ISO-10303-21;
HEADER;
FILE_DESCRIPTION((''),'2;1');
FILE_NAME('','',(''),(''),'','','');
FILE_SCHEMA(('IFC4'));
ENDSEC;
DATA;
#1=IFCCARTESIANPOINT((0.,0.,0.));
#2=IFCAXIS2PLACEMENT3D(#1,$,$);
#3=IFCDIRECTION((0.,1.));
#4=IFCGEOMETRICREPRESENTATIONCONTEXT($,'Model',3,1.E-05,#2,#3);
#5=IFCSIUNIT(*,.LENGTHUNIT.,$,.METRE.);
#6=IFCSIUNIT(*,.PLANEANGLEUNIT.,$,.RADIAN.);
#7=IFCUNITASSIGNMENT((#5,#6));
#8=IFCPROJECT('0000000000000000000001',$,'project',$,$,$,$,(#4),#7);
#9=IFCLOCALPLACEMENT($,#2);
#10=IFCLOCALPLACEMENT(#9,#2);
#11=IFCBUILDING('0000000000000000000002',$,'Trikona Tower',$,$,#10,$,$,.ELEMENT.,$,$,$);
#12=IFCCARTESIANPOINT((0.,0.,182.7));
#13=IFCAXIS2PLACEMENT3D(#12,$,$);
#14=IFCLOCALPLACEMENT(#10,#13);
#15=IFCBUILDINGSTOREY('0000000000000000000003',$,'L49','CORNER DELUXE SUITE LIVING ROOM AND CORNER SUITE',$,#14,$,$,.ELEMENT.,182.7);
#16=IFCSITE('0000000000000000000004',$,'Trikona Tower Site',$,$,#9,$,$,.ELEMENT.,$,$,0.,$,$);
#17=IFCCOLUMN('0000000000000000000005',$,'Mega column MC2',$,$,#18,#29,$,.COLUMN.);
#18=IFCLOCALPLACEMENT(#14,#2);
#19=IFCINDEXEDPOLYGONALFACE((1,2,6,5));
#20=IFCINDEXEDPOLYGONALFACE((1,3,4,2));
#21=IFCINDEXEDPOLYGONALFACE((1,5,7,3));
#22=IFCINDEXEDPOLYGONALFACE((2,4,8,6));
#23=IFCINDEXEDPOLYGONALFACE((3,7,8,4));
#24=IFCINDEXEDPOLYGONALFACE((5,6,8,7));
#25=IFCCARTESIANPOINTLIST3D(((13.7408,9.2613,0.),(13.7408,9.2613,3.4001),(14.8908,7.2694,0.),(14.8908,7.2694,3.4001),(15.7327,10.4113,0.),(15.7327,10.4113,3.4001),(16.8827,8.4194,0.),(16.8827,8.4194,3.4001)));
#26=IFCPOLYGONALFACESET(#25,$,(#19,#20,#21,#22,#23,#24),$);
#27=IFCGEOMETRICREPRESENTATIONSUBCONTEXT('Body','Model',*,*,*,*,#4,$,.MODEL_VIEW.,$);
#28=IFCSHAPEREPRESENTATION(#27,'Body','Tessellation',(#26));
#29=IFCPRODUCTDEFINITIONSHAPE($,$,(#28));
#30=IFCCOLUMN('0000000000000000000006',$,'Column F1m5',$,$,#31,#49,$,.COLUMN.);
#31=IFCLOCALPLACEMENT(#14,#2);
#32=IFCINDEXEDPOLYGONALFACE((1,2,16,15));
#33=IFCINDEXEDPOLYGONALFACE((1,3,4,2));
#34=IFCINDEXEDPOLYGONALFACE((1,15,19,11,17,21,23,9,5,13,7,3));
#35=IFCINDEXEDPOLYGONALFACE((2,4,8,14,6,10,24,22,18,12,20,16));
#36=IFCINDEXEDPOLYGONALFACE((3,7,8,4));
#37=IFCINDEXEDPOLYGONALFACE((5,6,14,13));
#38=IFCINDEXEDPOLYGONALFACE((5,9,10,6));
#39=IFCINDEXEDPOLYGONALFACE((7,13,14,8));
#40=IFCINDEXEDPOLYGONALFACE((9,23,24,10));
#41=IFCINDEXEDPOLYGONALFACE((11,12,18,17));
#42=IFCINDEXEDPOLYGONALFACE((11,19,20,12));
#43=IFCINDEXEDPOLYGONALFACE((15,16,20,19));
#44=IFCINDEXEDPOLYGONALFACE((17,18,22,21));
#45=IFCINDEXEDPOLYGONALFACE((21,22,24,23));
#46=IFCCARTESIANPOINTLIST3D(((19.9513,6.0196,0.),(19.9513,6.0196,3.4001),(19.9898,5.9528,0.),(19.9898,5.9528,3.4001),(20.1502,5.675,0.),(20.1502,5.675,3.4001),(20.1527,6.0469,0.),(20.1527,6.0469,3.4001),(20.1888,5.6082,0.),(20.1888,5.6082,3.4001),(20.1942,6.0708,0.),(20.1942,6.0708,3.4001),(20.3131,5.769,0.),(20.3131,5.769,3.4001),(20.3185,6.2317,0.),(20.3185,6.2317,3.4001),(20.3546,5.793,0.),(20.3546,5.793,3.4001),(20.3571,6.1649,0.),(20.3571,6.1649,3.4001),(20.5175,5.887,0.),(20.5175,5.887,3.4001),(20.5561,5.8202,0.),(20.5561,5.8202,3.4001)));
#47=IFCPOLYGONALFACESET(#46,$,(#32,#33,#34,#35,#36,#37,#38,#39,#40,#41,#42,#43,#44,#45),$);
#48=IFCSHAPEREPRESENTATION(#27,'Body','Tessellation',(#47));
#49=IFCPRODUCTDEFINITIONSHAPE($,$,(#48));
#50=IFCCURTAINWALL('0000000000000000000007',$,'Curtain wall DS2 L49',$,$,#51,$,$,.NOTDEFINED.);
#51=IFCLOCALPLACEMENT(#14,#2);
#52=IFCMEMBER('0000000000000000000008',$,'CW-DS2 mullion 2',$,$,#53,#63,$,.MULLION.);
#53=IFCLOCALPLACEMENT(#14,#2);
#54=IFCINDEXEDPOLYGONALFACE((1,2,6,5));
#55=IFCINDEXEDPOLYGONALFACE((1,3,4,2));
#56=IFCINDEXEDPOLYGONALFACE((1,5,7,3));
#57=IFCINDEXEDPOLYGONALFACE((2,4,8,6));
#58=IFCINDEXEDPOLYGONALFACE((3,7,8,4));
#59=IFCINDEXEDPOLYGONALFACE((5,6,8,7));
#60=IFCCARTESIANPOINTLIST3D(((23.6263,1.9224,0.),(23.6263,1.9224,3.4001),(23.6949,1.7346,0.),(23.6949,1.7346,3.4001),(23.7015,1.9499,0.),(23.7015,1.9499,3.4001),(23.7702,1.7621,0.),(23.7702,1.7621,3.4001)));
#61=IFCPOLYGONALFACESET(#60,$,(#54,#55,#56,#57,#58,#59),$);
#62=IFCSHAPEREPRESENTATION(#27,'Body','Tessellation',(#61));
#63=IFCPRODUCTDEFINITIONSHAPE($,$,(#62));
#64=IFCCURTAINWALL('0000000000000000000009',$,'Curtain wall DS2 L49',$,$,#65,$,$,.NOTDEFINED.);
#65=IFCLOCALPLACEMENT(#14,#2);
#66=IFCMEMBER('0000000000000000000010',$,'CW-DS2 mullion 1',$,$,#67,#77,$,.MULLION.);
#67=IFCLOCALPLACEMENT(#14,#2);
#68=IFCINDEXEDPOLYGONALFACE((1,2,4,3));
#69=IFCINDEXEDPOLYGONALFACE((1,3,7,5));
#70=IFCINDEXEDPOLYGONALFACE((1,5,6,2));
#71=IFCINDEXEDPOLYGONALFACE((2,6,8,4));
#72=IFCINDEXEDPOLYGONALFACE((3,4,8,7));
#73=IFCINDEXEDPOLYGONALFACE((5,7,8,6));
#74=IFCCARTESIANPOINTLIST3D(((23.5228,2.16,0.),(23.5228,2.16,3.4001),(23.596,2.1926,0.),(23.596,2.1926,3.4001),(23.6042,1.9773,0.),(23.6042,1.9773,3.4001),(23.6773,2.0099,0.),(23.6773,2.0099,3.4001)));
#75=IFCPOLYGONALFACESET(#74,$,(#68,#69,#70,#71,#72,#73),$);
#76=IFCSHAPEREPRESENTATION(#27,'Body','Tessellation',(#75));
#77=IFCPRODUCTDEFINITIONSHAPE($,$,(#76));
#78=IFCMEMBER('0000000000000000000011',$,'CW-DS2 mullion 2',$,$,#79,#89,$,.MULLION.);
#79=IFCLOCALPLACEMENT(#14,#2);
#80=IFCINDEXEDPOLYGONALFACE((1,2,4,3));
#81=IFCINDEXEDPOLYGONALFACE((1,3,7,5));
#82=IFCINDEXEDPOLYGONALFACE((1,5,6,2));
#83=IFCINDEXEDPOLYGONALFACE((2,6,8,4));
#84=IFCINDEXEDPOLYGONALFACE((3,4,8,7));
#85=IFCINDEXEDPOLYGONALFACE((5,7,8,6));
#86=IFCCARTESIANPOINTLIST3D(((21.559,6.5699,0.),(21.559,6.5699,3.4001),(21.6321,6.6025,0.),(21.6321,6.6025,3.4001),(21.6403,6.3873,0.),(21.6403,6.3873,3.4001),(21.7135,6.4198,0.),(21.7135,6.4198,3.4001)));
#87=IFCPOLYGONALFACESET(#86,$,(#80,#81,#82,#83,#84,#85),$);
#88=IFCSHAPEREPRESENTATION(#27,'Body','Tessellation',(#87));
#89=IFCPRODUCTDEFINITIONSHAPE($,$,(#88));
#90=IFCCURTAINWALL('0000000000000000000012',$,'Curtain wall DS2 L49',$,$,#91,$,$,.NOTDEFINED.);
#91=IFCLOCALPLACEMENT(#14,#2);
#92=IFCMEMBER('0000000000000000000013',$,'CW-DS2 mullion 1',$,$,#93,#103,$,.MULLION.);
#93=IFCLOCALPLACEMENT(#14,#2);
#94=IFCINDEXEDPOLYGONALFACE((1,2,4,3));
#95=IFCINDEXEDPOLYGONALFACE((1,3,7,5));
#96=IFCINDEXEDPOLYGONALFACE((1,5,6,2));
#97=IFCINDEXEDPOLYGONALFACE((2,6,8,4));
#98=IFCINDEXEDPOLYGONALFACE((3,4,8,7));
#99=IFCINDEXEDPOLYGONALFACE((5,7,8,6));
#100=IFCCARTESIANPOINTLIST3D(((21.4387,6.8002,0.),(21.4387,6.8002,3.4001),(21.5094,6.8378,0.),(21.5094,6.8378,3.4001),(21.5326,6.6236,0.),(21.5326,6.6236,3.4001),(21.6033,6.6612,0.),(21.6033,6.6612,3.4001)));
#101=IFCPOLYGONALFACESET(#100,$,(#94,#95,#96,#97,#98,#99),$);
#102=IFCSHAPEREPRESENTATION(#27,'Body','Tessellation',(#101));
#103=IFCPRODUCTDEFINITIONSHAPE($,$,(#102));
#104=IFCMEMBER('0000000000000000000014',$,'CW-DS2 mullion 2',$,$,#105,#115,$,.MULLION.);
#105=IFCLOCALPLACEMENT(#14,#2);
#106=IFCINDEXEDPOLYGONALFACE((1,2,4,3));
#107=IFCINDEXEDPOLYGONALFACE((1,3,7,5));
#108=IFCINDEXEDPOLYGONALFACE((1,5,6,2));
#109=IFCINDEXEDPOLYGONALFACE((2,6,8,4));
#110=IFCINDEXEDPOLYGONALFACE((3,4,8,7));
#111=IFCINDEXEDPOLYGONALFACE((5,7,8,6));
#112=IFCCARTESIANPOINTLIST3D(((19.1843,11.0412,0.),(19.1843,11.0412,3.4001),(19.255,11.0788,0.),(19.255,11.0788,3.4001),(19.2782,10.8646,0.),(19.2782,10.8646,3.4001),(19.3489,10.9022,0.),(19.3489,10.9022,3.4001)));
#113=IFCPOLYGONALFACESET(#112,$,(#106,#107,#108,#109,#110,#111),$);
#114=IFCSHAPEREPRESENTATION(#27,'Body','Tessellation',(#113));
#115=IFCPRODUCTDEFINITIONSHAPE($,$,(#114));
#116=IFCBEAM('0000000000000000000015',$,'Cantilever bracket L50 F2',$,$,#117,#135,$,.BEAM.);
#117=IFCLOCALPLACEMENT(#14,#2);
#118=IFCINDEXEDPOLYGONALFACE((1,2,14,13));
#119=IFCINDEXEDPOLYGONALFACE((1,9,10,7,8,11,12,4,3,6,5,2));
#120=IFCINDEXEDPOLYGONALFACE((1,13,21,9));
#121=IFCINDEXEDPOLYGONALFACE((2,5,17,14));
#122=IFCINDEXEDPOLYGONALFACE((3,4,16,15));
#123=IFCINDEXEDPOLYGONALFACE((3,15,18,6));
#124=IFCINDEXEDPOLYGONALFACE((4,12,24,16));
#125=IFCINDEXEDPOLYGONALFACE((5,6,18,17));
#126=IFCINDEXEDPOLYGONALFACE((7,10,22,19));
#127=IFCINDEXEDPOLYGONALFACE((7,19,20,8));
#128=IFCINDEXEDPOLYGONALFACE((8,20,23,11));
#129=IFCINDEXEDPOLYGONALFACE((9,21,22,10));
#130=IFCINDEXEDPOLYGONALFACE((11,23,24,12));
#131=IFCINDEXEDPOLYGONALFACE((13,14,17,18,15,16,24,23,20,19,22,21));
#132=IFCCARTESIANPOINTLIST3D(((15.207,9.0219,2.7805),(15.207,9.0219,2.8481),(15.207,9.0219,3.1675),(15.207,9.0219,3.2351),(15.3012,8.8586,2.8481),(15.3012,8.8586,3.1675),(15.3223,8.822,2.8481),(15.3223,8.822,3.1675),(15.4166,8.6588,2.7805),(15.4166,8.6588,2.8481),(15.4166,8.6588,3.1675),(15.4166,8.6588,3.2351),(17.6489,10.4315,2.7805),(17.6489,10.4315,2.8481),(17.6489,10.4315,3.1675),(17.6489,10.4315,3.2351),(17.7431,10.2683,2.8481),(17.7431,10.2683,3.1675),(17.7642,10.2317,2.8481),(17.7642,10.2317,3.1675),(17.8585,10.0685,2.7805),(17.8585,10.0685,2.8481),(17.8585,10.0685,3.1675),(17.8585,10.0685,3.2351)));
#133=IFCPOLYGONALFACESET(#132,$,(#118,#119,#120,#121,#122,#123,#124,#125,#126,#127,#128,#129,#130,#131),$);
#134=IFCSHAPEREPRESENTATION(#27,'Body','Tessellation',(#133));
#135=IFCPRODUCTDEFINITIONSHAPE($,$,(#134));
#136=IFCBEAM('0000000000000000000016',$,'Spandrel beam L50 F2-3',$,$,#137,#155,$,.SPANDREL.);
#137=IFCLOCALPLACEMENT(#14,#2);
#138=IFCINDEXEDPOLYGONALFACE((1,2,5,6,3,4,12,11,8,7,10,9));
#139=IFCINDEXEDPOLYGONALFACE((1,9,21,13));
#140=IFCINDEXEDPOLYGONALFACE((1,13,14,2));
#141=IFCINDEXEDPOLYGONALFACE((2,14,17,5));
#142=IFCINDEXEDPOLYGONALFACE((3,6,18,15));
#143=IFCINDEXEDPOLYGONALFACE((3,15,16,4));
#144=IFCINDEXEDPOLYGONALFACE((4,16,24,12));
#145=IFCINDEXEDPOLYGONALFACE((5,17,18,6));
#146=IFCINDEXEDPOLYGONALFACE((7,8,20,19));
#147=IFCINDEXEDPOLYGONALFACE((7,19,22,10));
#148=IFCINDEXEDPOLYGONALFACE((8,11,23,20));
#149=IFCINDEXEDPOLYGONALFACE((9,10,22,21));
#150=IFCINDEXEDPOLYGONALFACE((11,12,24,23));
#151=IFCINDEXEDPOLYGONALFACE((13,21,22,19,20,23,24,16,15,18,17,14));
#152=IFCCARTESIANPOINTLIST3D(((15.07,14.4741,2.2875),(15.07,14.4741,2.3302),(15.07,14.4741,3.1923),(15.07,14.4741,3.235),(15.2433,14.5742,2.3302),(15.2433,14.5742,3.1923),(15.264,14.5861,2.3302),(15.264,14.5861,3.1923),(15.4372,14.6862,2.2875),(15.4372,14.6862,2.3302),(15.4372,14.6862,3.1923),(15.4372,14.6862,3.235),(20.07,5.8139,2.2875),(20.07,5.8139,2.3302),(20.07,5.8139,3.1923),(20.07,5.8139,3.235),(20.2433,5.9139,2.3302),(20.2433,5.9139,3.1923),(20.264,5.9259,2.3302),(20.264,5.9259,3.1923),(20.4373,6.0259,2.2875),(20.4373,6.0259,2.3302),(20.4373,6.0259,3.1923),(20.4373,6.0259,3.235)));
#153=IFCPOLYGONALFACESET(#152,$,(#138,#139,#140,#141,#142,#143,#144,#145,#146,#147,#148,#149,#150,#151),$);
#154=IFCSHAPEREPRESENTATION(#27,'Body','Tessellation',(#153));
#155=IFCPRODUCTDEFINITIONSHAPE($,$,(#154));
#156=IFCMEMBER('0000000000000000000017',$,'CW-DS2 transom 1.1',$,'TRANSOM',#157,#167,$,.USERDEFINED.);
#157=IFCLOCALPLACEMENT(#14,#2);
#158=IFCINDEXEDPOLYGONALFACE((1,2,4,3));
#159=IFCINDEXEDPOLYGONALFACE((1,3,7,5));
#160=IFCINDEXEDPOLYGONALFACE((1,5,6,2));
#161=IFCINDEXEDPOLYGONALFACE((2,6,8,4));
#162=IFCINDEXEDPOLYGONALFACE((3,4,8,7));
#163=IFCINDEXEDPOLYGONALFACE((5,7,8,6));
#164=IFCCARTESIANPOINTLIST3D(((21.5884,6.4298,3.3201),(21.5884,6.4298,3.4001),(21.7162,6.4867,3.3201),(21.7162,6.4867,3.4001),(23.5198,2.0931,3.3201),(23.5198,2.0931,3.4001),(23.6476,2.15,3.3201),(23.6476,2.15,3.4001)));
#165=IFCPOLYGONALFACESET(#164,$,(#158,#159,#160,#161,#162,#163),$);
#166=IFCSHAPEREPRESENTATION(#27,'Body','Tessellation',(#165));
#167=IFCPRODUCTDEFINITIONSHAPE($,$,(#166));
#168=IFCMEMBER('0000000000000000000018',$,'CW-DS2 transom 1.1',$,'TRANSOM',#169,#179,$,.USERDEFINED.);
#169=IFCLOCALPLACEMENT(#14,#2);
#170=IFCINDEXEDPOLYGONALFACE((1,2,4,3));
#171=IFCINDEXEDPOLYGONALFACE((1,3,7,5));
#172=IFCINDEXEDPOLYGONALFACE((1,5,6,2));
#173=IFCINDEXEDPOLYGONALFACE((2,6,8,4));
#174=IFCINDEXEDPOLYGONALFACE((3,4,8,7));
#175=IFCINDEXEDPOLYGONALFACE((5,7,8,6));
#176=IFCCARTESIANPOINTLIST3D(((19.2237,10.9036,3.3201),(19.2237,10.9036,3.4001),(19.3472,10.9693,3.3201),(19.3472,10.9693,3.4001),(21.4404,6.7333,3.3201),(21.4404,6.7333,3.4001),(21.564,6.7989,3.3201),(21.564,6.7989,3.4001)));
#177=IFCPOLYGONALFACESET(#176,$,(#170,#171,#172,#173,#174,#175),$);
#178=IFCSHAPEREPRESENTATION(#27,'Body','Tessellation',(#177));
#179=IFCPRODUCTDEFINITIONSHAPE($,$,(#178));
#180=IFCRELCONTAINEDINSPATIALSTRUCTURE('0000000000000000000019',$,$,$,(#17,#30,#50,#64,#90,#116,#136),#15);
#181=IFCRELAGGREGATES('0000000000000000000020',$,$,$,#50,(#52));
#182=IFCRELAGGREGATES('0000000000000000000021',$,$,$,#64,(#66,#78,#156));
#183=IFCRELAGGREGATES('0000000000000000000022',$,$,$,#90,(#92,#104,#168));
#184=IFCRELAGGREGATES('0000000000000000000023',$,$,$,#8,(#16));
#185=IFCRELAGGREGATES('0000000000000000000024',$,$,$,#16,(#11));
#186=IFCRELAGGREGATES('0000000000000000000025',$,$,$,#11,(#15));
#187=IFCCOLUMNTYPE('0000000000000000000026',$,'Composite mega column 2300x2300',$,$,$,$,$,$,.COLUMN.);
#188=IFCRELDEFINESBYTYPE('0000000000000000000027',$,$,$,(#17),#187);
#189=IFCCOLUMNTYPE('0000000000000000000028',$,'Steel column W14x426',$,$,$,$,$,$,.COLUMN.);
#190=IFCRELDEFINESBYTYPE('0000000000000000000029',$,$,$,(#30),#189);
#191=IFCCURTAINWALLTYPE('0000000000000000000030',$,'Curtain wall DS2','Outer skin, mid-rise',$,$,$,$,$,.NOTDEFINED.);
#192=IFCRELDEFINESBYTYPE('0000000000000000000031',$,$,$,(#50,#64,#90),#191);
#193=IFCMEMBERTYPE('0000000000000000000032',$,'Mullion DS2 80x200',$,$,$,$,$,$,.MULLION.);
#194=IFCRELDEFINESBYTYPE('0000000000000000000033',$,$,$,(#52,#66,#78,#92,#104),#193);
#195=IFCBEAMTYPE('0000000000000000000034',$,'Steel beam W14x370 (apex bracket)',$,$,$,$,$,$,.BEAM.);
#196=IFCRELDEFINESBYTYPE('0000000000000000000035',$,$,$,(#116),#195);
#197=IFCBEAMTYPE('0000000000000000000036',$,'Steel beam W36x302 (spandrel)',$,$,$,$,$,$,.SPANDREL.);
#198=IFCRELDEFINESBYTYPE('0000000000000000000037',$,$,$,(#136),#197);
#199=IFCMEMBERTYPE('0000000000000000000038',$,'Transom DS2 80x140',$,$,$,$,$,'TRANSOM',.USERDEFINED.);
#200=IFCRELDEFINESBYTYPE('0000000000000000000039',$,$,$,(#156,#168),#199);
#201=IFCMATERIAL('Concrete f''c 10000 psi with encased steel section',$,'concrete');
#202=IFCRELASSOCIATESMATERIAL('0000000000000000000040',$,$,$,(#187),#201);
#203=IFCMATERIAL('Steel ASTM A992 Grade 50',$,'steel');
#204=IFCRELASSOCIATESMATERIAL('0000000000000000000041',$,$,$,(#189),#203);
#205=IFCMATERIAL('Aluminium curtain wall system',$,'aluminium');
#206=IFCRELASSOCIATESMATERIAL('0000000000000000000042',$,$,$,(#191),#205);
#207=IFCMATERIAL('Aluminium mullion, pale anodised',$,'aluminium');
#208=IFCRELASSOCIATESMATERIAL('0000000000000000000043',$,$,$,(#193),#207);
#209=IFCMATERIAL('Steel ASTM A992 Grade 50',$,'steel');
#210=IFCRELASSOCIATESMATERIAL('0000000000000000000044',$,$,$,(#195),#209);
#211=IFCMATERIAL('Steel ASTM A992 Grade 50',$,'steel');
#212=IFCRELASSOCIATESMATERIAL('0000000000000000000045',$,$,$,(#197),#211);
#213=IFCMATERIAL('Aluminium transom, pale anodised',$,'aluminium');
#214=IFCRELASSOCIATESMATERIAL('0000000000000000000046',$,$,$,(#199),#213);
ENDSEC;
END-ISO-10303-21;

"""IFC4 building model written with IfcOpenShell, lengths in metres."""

from ifc_helpers import new_model, si_unit, direction, frame, origin, origin_2d, place, context, subcontext, project, spatial, rectangle, i_section, extrude, material, material_profile, profile_set, type_object, element, aggregate, save


model = new_model("IFC4")

# Units and contexts
model_context = context("Model", 3, precision=1e-05, world=origin(), true_north=direction((0.0, 1.0)))
body_context = subcontext(model_context, "Body", "Model", "MODEL_VIEW")
ifc_project = project(units=[si_unit("LENGTHUNIT", "METRE"), si_unit("PLANEANGLEUNIT", "RADIAN")], contexts=[model_context])

# Site, building, storey
site_placement = place(None, origin())
site = spatial("IfcSite", under=ifc_project, at=site_placement, Name="Trikona Tower Site", CompositionType="ELEMENT", RefElevation=0.0)
building_placement = place(site_placement, origin())
building = spatial("IfcBuilding", under=site, at=building_placement, Name="Trikona Tower", CompositionType="ELEMENT")
storey_placement = place(building_placement, frame((0.0, 0.0, 182.7)))
storey = spatial("IfcBuildingStorey", under=building, at=storey_placement, Name="L49", Description="CORNER DELUXE SUITE LIVING ROOM AND CORNER SUITE", CompositionType="ELEMENT", Elevation=182.7)

# Columns
ifc_material_1 = material(Name="Concrete f'c 10000 psi with encased steel section", Category="concrete")
ifc_material_profile_1 = material_profile(ifc_material_1, rectangle(XDim=2.3, YDim=2.3, at=origin_2d()), Name="MC2300")
ifc_profile_set_1 = profile_set([ifc_material_profile_1], Name="Concrete f'c 10000 psi with encased steel section")
column_type_1 = type_object("IfcColumnType", Name="Composite mega column 2300x2300", PredefinedType="COLUMN", material=ifc_profile_set_1)
column_1_placement = place(storey_placement, frame((15.3118, 8.8403, 0.0), z_axis=(0.0, 0.0, 1.0), x_axis=(0.866025, 0.5, 0.0)))
element("IfcColumn", 1, at=column_1_placement, inside=storey, type_object=column_type_1, Name="Mega column MC2", PredefinedType="COLUMN", context=body_context, shape_type="SweptSolid", body=[
    extrude(rectangle(XDim=2.3, YDim=2.3, at=origin_2d()), origin(), (0.0, 0.0, 1.0), 3.4001),
])
ifc_material_2 = material(Name="Steel ASTM A992 Grade 50", Category="steel")
ifc_material_profile_2 = material_profile(ifc_material_2, i_section(OverallWidth=0.4241, OverallDepth=0.4751, WebThickness=0.0479, FlangeThickness=0.0771, at=origin_2d()), Name="W14X426")
ifc_profile_set_2 = profile_set([ifc_material_profile_2], Name="Steel ASTM A992 Grade 50")
column_type_2 = type_object("IfcColumnType", Name="Steel column W14x426", PredefinedType="COLUMN", material=ifc_profile_set_2)
column_2_placement = place(storey_placement, frame((20.2537, 5.9199, 0.0), z_axis=(0.0, 0.0, 1.0), x_axis=(0.866025, 0.5, 0.0)))
element("IfcColumn", 2, at=column_2_placement, inside=storey, type_object=column_type_2, Name="Column F1m5", PredefinedType="COLUMN", context=body_context, shape_type="SweptSolid", body=[
    extrude(i_section(OverallWidth=0.4241, OverallDepth=0.4751, WebThickness=0.0479, FlangeThickness=0.0771, at=origin_2d()), origin(), (0.0, 0.0, 1.0), 3.4001),
])

# Curtain wall, member
ifc_material_3 = material(Name="Aluminium curtain wall system", Category="aluminium")
curtain_wall_type = type_object("IfcCurtainWallType", Name="Curtain wall DS2", Description="Outer skin, mid-rise", PredefinedType="NOTDEFINED", material=ifc_material_3)
curtain_wall_1_placement = place(storey_placement, origin())
curtain_wall_1 = element("IfcCurtainWall", 3, at=curtain_wall_1_placement, inside=storey, type_object=curtain_wall_type, Name="Curtain wall DS2 L49", PredefinedType="NOTDEFINED")
ifc_material_4 = material(Name="Aluminium mullion, pale anodised", Category="aluminium")
ifc_material_profile_3 = material_profile(ifc_material_4, rectangle(XDim=0.0801, YDim=0.2, at=origin_2d()), Name="MUL-DS2")
ifc_profile_set_3 = profile_set([ifc_material_profile_3], Name="Aluminium mullion, pale anodised")
member_type_1 = type_object("IfcMemberType", Name="Mullion DS2 80x200", PredefinedType="MULLION", material=ifc_profile_set_3)
member_1_placement = place(storey_placement, frame((23.6982, 1.8423, 0.0), z_axis=(0.0, 0.0, 1.0), x_axis=(-0.939254, -0.343223, 0.0)))
member_1 = element("IfcMember", 4, at=member_1_placement, type_object=member_type_1, Name="CW-DS2 mullion 2", PredefinedType="MULLION", context=body_context, shape_type="SweptSolid", body=[
    extrude(rectangle(XDim=0.0801, YDim=0.2, at=origin_2d()), origin(), (0.0, 0.0, 1.0), 3.4001),
])
aggregate(curtain_wall_1, [member_1])

# Curtain walls, members
curtain_wall_2_placement = place(storey_placement, origin())
curtain_wall_2 = element("IfcCurtainWall", 5, at=curtain_wall_2_placement, inside=storey, type_object=curtain_wall_type, Name="Curtain wall DS2 L49", PredefinedType="NOTDEFINED")
member_2_placement = place(storey_placement, frame((23.6001, 2.085, 0.0), z_axis=(0.0, 0.0, 1.0), x_axis=(-0.913501, -0.406836, 0.0)))
member_2 = element("IfcMember", 6, at=member_2_placement, type_object=member_type_1, Name="CW-DS2 mullion 1", PredefinedType="MULLION", context=body_context, shape_type="SweptSolid", body=[
    extrude(rectangle(XDim=0.0801, YDim=0.2, at=origin_2d()), origin(), (0.0, 0.0, 1.0), 3.4001),
])
member_3_placement = place(storey_placement, frame((21.6362, 6.4949, 0.0), z_axis=(0.0, 0.0, 1.0), x_axis=(-0.913501, -0.406836, 0.0)))
member_3 = element("IfcMember", 7, at=member_3_placement, type_object=member_type_1, Name="CW-DS2 mullion 2", PredefinedType="MULLION", context=body_context, shape_type="SweptSolid", body=[
    extrude(rectangle(XDim=0.0801, YDim=0.2, at=origin_2d()), origin(), (0.0, 0.0, 1.0), 3.4001),
])
curtain_wall_3_placement = place(storey_placement, origin())
curtain_wall_3 = element("IfcCurtainWall", 8, at=curtain_wall_3_placement, inside=storey, type_object=curtain_wall_type, Name="Curtain wall DS2 L49", PredefinedType="NOTDEFINED")
member_4_placement = place(storey_placement, frame((21.521, 6.7307, 0.0), z_axis=(0.0, 0.0, 1.0), x_axis=(-0.882996, -0.46938, 0.0)))
member_4 = element("IfcMember", 9, at=member_4_placement, type_object=member_type_1, Name="CW-DS2 mullion 1", PredefinedType="MULLION", context=body_context, shape_type="SweptSolid", body=[
    extrude(rectangle(XDim=0.0801, YDim=0.2, at=origin_2d()), origin(), (0.0, 0.0, 1.0), 3.4001),
])
member_5_placement = place(storey_placement, frame((19.2666, 10.9717, 0.0), z_axis=(0.0, 0.0, 1.0), x_axis=(-0.882996, -0.46938, 0.0)))
member_5 = element("IfcMember", 10, at=member_5_placement, type_object=member_type_1, Name="CW-DS2 mullion 2", PredefinedType="MULLION", context=body_context, shape_type="SweptSolid", body=[
    extrude(rectangle(XDim=0.0801, YDim=0.2, at=origin_2d()), origin(), (0.0, 0.0, 1.0), 3.4001),
])

# Beams
ifc_material_5 = material(Name="Steel ASTM A992 Grade 50", Category="steel")
ifc_material_profile_4 = material_profile(ifc_material_5, i_section(OverallWidth=0.4192, OverallDepth=0.4546, WebThickness=0.0422, FlangeThickness=0.0676, at=origin_2d()), Name="W14X370")
ifc_profile_set_4 = profile_set([ifc_material_profile_4], Name="Steel ASTM A992 Grade 50")
beam_type_1 = type_object("IfcBeamType", Name="Steel beam W14x370 (apex bracket)", PredefinedType="BEAM", material=ifc_profile_set_4)
beam_1_placement = place(storey_placement, frame((15.3118, 8.8403, 3.0078), z_axis=(0.86605, 0.499957, 0.0), x_axis=(-0.499957, 0.86605, 0.0)))
element("IfcBeam", 11, at=beam_1_placement, inside=storey, type_object=beam_type_1, Name="Cantilever bracket L50 F2", PredefinedType="BEAM", context=body_context, shape_type="SweptSolid", body=[
    extrude(i_section(OverallWidth=0.4192, OverallDepth=0.4546, WebThickness=0.0422, FlangeThickness=0.0676, at=origin_2d()), origin(), (0.0, 0.0, 1.0), 2.8196),
])
ifc_material_6 = material(Name="Steel ASTM A992 Grade 50", Category="steel")
ifc_material_profile_5 = material_profile(ifc_material_6, i_section(OverallWidth=0.4241, OverallDepth=0.9475, WebThickness=0.0239, FlangeThickness=0.0427, at=origin_2d()), Name="W36X302")
ifc_profile_set_5 = profile_set([ifc_material_profile_5], Name="Steel ASTM A992 Grade 50")
beam_type_2 = type_object("IfcBeamType", Name="Steel beam W36x302 (spandrel)", PredefinedType="SPANDREL", material=ifc_profile_set_5)
beam_2_placement = place(storey_placement, frame((20.2537, 5.9199, 2.7612), z_axis=(-0.500004, 0.866023, 0.0), x_axis=(-0.866023, -0.500004, 0.0)))
element("IfcBeam", 12, at=beam_2_placement, inside=storey, type_object=beam_type_2, Name="Spandrel beam L50 F2-3", PredefinedType="SPANDREL", context=body_context, shape_type="SweptSolid", body=[
    extrude(i_section(OverallWidth=0.4241, OverallDepth=0.9475, WebThickness=0.0239, FlangeThickness=0.0427, at=origin_2d()), origin(), (0.0, 0.0, 1.0), 10.0),
])

# Members
ifc_material_7 = material(Name="Aluminium transom, pale anodised", Category="aluminium")
ifc_material_profile_6 = material_profile(ifc_material_7, rectangle(XDim=0.1399, YDim=0.0801, at=origin_2d()), Name="TRN-DS2")
ifc_profile_set_6 = profile_set([ifc_material_profile_6], Name="Aluminium transom, pale anodised")
member_type_2 = type_object("IfcMemberType", Name="Transom DS2 80x140", ElementType="TRANSOM", PredefinedType="USERDEFINED", material=ifc_profile_set_6)
member_6_placement = place(storey_placement, frame((23.5837, 2.1216, 3.3601), z_axis=(-0.40684, 0.9135, 0.0), x_axis=(-0.9135, -0.40684, 0.0)))
member_6 = element("IfcMember", 13, at=member_6_placement, type_object=member_type_2, Name="CW-DS2 transom 1.1", ObjectType="TRANSOM", PredefinedType="USERDEFINED", context=body_context, shape_type="SweptSolid", body=[
    extrude(rectangle(XDim=0.1399, YDim=0.0801, at=origin_2d()), origin(), (0.0, 0.0, 1.0), 4.7473),
])
member_7_placement = place(storey_placement, frame((21.5022, 6.7661, 3.3601), z_axis=(-0.469364, 0.883005, 0.0), x_axis=(-0.883005, -0.469364, 0.0)))
member_7 = element("IfcMember", 14, at=member_7_placement, type_object=member_type_2, Name="CW-DS2 transom 1.1", ObjectType="TRANSOM", PredefinedType="USERDEFINED", context=body_context, shape_type="SweptSolid", body=[
    extrude(rectangle(XDim=0.1399, YDim=0.0801, at=origin_2d()), origin(), (0.0, 0.0, 1.0), 4.7229),
])

aggregate(curtain_wall_2, [member_2, member_3, member_6])
aggregate(curtain_wall_3, [member_4, member_5, member_7])

save(model, "model.ifc")
